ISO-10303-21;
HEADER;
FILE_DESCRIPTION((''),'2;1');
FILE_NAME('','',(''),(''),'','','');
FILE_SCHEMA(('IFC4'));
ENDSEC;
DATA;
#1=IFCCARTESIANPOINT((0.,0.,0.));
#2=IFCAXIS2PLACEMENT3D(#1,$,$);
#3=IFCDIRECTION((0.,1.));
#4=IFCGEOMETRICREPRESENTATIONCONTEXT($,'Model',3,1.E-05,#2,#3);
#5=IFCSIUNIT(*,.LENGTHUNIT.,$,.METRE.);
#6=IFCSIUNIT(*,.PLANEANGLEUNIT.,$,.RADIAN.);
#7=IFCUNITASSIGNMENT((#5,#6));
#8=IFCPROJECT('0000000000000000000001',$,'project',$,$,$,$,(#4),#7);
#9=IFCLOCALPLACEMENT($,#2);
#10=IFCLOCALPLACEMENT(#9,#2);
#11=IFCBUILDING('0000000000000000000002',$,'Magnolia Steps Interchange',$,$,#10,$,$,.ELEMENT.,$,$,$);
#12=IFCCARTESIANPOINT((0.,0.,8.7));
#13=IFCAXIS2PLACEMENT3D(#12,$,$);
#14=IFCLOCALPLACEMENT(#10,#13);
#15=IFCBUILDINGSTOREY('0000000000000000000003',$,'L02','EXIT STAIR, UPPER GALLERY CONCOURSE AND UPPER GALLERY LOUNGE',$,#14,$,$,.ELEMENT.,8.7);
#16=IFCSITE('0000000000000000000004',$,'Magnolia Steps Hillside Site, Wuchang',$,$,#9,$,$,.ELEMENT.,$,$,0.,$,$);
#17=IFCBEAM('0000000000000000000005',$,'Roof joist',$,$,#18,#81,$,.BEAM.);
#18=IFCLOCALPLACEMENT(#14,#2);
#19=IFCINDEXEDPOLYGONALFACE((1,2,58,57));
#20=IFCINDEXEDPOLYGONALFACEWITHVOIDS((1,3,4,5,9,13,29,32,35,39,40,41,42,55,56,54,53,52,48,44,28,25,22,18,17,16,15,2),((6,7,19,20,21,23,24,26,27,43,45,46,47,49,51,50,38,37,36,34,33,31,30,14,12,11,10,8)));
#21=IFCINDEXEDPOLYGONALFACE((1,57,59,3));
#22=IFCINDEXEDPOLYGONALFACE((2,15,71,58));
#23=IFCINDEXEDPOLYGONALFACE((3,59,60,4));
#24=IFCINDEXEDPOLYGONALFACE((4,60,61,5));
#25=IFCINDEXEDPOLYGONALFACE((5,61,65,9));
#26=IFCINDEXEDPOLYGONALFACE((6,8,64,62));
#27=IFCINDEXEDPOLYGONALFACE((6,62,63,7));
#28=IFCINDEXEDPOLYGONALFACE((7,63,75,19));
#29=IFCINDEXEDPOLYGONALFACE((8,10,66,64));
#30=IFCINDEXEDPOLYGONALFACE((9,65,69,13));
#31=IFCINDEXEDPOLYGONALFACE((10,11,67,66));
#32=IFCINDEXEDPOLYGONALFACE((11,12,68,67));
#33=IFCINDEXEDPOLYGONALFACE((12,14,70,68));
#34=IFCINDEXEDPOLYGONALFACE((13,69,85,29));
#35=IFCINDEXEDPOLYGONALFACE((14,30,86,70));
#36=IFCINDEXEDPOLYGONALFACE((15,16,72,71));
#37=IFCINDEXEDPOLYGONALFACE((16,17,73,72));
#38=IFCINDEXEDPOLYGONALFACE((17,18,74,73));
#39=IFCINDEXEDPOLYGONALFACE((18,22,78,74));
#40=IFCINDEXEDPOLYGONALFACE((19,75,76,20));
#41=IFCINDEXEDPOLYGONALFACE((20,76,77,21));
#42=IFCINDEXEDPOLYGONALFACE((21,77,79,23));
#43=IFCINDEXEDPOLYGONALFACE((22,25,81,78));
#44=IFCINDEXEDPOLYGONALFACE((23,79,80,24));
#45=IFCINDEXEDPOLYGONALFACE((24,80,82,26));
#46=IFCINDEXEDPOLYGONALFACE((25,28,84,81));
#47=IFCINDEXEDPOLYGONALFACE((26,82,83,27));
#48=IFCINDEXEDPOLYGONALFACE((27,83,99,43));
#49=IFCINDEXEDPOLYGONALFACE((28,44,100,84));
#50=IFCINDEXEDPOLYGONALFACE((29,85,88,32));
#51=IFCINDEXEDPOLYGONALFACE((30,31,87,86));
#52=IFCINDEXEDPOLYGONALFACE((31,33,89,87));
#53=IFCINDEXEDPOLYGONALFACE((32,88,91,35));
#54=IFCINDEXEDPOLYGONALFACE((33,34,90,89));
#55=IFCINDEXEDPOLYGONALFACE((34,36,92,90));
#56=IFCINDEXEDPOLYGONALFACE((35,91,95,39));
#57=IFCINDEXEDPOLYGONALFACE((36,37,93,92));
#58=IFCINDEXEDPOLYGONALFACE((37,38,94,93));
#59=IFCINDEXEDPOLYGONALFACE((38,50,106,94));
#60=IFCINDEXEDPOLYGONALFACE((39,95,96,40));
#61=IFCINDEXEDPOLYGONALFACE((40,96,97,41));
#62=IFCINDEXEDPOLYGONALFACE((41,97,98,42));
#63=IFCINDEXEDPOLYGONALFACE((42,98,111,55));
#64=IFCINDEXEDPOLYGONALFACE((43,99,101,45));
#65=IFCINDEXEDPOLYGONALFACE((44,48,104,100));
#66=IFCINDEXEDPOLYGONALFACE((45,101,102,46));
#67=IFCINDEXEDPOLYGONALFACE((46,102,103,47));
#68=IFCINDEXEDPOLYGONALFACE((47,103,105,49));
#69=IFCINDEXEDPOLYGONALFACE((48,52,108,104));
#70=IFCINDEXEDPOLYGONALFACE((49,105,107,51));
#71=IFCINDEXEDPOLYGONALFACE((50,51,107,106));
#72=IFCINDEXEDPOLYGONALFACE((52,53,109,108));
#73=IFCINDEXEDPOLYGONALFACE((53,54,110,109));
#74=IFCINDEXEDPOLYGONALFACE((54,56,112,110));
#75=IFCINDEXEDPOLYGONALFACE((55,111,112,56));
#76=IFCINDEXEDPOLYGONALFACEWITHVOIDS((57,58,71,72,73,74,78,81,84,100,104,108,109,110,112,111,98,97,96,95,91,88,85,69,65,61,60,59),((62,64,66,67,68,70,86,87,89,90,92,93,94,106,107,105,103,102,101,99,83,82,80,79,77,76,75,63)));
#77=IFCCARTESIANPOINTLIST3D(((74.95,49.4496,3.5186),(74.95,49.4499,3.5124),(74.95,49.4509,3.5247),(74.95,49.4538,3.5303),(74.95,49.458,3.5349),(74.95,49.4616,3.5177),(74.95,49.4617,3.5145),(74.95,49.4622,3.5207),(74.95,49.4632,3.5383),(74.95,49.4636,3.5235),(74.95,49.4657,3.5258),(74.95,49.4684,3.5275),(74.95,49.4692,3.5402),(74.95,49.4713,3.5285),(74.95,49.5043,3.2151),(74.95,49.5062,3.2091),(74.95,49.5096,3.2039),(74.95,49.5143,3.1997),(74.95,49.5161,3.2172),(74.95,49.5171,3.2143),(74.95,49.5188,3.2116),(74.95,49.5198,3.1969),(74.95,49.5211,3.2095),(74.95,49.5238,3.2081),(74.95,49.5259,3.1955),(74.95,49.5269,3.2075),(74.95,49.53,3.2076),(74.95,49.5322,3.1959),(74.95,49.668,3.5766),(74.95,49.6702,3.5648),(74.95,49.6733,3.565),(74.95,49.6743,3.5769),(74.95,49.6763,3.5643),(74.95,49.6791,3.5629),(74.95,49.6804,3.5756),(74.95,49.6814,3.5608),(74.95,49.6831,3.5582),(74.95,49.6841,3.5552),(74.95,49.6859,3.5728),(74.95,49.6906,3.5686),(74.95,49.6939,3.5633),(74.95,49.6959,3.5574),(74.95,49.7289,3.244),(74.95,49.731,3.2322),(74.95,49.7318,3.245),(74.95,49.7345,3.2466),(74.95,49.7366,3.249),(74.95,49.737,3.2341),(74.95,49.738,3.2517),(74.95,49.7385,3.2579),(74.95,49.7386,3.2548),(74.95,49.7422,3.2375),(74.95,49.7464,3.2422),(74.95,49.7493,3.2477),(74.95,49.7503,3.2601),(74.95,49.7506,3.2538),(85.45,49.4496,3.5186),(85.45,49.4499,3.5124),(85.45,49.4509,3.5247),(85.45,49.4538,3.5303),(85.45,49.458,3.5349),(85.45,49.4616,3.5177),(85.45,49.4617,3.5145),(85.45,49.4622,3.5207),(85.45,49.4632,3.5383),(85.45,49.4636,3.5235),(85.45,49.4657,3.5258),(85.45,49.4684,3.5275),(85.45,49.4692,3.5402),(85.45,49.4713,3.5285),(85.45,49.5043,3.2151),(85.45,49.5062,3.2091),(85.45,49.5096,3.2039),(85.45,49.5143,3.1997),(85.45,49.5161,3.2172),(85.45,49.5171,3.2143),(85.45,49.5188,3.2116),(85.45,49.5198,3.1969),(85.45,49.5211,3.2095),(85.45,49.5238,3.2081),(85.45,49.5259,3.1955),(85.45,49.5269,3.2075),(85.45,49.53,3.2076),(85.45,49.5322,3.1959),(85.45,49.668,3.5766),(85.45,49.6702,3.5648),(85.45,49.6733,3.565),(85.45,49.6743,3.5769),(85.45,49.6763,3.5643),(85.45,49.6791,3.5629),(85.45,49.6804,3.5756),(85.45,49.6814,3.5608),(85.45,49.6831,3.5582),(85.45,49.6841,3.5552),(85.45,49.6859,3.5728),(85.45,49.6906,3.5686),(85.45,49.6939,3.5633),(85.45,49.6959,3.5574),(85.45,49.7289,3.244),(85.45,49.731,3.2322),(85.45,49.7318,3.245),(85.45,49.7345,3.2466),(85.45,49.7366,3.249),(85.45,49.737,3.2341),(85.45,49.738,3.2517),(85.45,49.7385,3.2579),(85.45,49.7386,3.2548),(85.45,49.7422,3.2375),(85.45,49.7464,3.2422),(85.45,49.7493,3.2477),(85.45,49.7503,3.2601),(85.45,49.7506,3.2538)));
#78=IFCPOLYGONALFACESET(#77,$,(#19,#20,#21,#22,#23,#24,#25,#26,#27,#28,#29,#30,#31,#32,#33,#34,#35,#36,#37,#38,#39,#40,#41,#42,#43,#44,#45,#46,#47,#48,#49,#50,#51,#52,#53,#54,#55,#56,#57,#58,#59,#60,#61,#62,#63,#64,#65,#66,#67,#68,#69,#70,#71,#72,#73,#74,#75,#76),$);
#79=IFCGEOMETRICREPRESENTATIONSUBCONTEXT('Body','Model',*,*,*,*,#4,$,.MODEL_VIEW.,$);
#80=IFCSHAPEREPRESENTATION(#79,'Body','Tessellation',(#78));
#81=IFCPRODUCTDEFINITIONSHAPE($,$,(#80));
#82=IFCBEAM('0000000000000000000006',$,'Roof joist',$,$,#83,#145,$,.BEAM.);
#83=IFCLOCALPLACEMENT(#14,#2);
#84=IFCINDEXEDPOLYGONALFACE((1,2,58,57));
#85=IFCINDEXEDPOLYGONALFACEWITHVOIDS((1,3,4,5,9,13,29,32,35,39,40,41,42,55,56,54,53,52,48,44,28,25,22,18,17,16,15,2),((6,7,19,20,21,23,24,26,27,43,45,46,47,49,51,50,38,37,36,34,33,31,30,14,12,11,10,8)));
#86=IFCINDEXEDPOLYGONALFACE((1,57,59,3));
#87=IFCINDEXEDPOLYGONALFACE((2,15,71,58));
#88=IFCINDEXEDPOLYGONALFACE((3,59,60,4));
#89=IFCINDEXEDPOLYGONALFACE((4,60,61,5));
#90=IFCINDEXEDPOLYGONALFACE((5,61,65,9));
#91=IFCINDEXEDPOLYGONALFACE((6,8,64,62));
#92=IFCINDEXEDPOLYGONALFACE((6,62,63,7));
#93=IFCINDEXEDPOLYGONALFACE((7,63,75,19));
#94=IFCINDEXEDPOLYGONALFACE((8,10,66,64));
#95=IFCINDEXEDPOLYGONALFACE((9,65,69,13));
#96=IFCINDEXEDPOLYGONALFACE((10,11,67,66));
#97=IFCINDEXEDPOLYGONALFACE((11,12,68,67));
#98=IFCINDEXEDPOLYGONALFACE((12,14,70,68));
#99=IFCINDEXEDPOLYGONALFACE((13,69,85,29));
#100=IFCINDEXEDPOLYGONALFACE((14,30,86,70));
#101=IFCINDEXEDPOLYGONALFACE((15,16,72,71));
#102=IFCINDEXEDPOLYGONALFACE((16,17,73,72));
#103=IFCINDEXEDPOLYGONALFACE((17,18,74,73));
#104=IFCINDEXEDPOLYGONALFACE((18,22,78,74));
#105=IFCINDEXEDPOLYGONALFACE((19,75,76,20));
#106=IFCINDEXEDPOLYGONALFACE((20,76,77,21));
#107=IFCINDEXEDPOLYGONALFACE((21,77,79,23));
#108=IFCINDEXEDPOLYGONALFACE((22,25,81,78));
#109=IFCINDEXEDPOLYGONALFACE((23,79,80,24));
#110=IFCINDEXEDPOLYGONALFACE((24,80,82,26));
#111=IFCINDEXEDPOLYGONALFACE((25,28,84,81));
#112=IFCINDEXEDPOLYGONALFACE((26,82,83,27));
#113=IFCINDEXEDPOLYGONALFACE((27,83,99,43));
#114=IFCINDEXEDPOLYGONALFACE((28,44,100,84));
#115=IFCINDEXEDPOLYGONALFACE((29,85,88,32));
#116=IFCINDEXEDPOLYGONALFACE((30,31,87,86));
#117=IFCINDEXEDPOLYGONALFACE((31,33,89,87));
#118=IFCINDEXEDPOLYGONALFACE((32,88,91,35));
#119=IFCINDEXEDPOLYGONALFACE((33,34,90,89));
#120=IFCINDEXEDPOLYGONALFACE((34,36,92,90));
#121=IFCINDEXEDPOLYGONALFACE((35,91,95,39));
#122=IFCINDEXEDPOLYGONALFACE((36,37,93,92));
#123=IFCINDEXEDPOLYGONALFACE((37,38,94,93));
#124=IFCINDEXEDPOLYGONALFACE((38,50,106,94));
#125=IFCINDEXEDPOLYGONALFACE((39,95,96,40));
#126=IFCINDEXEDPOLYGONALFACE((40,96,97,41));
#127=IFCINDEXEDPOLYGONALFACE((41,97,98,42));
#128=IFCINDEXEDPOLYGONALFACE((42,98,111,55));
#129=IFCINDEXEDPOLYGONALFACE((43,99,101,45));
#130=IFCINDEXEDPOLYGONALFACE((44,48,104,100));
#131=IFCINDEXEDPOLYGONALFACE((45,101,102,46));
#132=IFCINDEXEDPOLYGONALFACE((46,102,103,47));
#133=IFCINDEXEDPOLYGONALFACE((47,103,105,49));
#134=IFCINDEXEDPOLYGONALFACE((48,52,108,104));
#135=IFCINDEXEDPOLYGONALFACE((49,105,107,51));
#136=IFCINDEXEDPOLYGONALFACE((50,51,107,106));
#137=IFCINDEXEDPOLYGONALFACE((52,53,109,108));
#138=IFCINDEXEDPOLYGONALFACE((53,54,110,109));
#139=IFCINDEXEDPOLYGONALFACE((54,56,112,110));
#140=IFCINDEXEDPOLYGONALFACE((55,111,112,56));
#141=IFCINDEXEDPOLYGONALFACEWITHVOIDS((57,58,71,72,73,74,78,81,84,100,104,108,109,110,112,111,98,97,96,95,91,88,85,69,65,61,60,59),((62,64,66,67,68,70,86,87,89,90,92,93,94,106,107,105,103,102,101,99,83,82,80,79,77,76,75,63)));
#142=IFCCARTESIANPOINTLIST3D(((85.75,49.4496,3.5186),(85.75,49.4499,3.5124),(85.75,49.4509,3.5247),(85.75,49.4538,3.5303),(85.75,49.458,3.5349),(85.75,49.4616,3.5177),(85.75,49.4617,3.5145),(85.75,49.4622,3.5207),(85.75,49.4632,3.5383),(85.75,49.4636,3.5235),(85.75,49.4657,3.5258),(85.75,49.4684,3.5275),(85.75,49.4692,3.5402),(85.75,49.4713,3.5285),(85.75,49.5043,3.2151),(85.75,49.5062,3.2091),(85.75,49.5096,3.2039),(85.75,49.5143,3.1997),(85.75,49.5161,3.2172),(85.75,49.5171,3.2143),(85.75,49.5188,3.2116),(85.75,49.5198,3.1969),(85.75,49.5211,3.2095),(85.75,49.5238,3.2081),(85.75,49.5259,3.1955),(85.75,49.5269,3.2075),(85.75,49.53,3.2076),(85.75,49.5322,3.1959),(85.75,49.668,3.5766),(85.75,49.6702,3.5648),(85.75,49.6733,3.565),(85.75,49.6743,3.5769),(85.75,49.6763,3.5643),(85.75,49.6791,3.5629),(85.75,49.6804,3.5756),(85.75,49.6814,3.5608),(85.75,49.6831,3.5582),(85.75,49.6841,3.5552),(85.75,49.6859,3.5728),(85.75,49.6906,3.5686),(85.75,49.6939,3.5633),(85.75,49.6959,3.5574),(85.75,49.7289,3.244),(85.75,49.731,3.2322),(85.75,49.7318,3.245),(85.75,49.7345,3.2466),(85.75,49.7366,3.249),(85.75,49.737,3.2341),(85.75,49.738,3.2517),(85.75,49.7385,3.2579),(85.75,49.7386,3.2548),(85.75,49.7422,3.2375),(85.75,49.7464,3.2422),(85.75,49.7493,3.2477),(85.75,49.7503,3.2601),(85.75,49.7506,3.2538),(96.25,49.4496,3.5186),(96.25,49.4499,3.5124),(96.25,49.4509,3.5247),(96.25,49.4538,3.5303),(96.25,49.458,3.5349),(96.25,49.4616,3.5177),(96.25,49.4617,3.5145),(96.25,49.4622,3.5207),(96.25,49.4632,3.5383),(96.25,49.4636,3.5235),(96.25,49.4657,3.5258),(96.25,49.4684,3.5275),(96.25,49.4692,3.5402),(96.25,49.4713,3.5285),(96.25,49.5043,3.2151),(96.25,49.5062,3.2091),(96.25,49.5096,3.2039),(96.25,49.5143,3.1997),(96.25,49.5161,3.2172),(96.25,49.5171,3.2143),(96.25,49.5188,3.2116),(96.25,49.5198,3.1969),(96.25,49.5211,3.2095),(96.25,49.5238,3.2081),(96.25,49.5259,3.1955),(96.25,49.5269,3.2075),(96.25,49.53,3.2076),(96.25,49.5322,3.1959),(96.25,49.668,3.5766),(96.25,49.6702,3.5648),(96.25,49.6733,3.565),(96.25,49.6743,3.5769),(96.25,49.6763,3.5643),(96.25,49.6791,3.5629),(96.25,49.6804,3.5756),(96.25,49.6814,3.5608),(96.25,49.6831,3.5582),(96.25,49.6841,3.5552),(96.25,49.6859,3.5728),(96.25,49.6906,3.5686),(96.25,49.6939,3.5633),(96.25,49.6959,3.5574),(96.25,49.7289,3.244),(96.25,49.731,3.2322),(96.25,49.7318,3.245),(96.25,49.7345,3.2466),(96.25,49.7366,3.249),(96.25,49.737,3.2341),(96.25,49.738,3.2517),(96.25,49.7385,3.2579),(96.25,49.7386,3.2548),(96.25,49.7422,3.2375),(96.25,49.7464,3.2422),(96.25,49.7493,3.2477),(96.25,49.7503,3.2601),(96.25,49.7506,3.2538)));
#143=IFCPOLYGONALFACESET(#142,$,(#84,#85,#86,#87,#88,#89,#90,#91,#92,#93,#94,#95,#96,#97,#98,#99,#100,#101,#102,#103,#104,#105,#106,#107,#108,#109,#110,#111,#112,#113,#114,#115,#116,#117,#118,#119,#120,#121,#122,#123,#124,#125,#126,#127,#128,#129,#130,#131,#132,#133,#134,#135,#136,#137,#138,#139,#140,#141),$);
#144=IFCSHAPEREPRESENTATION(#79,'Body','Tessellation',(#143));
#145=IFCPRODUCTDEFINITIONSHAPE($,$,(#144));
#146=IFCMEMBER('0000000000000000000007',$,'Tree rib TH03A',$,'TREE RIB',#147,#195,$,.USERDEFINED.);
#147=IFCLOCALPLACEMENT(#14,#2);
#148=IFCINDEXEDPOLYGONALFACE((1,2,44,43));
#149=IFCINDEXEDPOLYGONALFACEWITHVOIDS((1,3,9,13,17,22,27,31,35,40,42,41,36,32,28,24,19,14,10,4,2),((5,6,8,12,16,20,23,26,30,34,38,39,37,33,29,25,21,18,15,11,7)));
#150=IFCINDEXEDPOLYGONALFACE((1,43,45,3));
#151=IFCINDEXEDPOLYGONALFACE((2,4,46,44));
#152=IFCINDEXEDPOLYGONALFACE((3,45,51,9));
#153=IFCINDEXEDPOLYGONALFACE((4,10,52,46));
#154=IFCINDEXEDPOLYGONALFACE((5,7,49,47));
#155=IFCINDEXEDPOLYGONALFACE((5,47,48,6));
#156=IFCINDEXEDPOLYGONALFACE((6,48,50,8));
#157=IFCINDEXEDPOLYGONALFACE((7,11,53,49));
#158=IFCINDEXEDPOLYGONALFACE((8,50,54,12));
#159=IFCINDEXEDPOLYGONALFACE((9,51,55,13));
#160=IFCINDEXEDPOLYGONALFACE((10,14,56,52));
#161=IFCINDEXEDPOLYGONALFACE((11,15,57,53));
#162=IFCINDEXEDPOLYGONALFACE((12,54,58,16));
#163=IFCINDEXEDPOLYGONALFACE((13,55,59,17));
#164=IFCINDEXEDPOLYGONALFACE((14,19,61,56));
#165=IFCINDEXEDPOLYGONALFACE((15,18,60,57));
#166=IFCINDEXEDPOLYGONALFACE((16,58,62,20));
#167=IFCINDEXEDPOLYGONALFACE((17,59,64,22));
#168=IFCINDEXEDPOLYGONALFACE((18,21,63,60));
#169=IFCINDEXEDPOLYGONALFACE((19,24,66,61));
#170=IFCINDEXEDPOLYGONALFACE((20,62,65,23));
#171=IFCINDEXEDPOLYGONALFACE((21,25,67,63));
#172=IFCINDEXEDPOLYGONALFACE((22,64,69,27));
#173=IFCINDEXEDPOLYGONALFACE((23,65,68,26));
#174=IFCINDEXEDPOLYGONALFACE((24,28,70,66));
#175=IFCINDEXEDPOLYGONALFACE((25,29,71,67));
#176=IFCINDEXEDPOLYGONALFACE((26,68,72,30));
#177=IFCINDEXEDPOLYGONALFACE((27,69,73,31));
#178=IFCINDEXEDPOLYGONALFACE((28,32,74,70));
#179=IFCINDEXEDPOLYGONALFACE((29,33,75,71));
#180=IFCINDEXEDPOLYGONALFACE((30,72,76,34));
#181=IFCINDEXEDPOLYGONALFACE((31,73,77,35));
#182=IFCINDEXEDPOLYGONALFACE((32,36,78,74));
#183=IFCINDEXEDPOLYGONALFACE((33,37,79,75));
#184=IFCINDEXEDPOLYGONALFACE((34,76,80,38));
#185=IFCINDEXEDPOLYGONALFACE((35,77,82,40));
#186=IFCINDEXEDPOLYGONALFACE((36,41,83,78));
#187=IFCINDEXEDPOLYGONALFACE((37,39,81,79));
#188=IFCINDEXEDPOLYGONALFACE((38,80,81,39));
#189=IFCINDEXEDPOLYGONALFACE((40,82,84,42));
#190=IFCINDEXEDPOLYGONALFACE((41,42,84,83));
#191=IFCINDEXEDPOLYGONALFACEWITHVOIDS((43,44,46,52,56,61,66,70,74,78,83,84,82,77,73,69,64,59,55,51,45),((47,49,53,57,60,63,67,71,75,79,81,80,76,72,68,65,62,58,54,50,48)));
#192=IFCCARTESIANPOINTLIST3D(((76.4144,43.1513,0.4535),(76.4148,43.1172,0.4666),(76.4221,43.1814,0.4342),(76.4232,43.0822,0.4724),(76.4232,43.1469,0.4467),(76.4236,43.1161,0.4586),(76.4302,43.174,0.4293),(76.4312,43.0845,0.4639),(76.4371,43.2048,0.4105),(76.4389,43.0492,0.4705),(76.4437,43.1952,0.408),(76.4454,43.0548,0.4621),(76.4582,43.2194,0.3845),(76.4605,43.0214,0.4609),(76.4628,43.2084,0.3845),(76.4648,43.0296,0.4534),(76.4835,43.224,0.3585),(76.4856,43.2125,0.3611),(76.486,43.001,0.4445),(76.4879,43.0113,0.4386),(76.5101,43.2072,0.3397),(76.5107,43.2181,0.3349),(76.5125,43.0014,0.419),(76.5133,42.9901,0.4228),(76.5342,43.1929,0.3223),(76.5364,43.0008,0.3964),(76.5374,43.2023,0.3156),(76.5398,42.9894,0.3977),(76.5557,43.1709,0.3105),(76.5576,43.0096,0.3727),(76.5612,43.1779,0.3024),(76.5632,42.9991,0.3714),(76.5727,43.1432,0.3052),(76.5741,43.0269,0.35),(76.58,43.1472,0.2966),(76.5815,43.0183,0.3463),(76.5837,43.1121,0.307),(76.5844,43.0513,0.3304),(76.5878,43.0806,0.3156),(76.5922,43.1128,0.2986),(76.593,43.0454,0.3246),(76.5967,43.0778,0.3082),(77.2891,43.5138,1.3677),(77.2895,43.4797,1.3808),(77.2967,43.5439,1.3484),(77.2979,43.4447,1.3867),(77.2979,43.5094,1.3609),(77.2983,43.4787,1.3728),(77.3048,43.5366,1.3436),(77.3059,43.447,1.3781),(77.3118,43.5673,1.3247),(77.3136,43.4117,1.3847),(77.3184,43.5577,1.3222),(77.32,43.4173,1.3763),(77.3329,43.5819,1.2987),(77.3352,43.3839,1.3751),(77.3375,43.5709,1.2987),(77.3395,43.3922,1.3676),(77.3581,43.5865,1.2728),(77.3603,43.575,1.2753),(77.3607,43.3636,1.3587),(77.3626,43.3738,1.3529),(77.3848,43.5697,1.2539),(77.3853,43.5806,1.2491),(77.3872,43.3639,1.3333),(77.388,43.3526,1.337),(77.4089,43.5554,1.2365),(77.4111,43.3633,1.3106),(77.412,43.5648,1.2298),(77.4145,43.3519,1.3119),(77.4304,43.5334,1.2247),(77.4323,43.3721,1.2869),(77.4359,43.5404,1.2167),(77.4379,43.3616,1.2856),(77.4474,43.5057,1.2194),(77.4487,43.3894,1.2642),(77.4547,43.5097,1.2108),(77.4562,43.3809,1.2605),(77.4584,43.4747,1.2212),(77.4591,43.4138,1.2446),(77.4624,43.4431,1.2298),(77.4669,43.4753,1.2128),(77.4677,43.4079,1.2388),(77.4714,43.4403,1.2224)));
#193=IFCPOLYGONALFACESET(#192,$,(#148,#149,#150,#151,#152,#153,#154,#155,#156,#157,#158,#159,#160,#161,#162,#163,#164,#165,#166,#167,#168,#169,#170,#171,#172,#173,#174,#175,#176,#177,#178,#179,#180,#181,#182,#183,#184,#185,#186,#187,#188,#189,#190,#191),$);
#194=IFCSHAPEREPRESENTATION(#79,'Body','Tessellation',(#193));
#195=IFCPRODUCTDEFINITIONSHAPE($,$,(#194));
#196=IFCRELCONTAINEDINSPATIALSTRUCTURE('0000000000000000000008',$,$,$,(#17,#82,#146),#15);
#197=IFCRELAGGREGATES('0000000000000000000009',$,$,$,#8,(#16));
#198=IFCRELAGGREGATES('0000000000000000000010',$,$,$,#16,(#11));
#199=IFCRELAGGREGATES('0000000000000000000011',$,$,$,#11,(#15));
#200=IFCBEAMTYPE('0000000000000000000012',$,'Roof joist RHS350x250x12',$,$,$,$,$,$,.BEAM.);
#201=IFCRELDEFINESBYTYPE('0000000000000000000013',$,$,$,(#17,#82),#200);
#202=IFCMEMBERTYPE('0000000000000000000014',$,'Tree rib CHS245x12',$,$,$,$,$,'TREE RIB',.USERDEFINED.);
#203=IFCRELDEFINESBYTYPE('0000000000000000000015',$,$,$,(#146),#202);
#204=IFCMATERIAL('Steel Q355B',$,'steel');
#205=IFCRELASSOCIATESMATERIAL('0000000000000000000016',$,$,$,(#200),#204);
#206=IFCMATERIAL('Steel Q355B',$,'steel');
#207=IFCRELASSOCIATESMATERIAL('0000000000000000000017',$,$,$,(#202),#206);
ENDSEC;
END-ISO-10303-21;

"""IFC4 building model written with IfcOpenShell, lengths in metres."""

from ifc_helpers import new_model, si_unit, direction, frame, origin, origin_2d, place, context, subcontext, project, spatial, hollow_rectangle, hollow_circle, extrude, material, material_profile, profile_set, type_object, element, save


model = new_model("IFC4")

# Units and contexts
model_context = context("Model", 3, precision=1e-05, world=origin(), true_north=direction((0.0, 1.0)))
body_context = subcontext(model_context, "Body", "Model", "MODEL_VIEW")
ifc_project = project(units=[si_unit("LENGTHUNIT", "METRE"), si_unit("PLANEANGLEUNIT", "RADIAN")], contexts=[model_context])

# Site, building, storey
site_placement = place(None, origin())
site = spatial("IfcSite", under=ifc_project, at=site_placement, Name="Magnolia Steps Hillside Site, Wuchang", CompositionType="ELEMENT", RefElevation=0.0)
building_placement = place(site_placement, origin())
building = spatial("IfcBuilding", under=site, at=building_placement, Name="Magnolia Steps Interchange", CompositionType="ELEMENT")
storey_placement = place(building_placement, frame((0.0, 0.0, 8.7)))
storey = spatial("IfcBuildingStorey", under=building, at=storey_placement, Name="L02", Description="EXIT STAIR, UPPER GALLERY CONCOURSE AND UPPER GALLERY LOUNGE", CompositionType="ELEMENT", Elevation=8.7)

# Beams
ifc_material_1 = material(Name="Steel Q355B", Category="steel")
ifc_material_profile_1 = material_profile(ifc_material_1, hollow_rectangle(XDim=0.25, YDim=0.3501, WallThickness=0.012, InnerFilletRadius=0.012, OuterFilletRadius=0.0239, at=origin_2d()), Name="RHS350x250x12")
ifc_profile_set_1 = profile_set([ifc_material_profile_1], Name="Steel Q355B")
beam_type_1 = type_object("IfcBeamType", Name="Roof joist RHS350x250x12", PredefinedType="BEAM", material=ifc_profile_set_1)
for number, where, z_axis, x_axis, name in (
    (1, (74.95, 49.6001, 3.3862), (1.0, 0.0, 0.0), (0.0, 0.983677, 0.179941), "Roof joist"),
    (2, (85.75, 49.6001, 3.3862), (1.0, 0.0, 0.0), (0.0, 0.983677, 0.179941), "Roof joist"),
):
    element("IfcBeam", number, at=place(storey_placement, frame(where, z_axis=z_axis, x_axis=x_axis)), inside=storey, type_object=beam_type_1, Name=name, PredefinedType="BEAM", context=body_context, shape_type="SweptSolid", body=[
        extrude(hollow_rectangle(XDim=0.25, YDim=0.3501, WallThickness=0.012, InnerFilletRadius=0.012, OuterFilletRadius=0.0239, at=origin_2d()), origin(), (0.0, 0.0, 1.0), 10.5),
    ])

# Member
ifc_material_2 = material(Name="Steel Q355B", Category="steel")
ifc_material_profile_2 = material_profile(ifc_material_2, hollow_circle(Radius=0.1226, WallThickness=0.012, at=origin_2d()), Name="CHS245x12")
ifc_profile_set_2 = profile_set([ifc_material_profile_2], Name="Steel Q355B")
member_type = type_object("IfcMemberType", Name="Tree rib CHS245x12", ElementType="TREE RIB", PredefinedType="USERDEFINED", material=ifc_profile_set_2)
for number, where, z_axis, x_axis, name in (
    (3, (76.5051, 43.1062, 0.3845), (0.664566, 0.275434, 0.694613), (-0.382876, 0.9238, 0.0), "Tree rib TH03A"),
):
    element("IfcMember", number, at=place(storey_placement, frame(where, z_axis=z_axis, x_axis=x_axis)), inside=storey, type_object=member_type, Name=name, ObjectType="TREE RIB", PredefinedType="USERDEFINED", context=body_context, shape_type="SweptSolid", body=[
        extrude(hollow_circle(Radius=0.1226, WallThickness=0.012, at=origin_2d()), origin(), (0.0, 0.0, 1.0), 1.3162),
    ])

save(model, "model.ifc")
